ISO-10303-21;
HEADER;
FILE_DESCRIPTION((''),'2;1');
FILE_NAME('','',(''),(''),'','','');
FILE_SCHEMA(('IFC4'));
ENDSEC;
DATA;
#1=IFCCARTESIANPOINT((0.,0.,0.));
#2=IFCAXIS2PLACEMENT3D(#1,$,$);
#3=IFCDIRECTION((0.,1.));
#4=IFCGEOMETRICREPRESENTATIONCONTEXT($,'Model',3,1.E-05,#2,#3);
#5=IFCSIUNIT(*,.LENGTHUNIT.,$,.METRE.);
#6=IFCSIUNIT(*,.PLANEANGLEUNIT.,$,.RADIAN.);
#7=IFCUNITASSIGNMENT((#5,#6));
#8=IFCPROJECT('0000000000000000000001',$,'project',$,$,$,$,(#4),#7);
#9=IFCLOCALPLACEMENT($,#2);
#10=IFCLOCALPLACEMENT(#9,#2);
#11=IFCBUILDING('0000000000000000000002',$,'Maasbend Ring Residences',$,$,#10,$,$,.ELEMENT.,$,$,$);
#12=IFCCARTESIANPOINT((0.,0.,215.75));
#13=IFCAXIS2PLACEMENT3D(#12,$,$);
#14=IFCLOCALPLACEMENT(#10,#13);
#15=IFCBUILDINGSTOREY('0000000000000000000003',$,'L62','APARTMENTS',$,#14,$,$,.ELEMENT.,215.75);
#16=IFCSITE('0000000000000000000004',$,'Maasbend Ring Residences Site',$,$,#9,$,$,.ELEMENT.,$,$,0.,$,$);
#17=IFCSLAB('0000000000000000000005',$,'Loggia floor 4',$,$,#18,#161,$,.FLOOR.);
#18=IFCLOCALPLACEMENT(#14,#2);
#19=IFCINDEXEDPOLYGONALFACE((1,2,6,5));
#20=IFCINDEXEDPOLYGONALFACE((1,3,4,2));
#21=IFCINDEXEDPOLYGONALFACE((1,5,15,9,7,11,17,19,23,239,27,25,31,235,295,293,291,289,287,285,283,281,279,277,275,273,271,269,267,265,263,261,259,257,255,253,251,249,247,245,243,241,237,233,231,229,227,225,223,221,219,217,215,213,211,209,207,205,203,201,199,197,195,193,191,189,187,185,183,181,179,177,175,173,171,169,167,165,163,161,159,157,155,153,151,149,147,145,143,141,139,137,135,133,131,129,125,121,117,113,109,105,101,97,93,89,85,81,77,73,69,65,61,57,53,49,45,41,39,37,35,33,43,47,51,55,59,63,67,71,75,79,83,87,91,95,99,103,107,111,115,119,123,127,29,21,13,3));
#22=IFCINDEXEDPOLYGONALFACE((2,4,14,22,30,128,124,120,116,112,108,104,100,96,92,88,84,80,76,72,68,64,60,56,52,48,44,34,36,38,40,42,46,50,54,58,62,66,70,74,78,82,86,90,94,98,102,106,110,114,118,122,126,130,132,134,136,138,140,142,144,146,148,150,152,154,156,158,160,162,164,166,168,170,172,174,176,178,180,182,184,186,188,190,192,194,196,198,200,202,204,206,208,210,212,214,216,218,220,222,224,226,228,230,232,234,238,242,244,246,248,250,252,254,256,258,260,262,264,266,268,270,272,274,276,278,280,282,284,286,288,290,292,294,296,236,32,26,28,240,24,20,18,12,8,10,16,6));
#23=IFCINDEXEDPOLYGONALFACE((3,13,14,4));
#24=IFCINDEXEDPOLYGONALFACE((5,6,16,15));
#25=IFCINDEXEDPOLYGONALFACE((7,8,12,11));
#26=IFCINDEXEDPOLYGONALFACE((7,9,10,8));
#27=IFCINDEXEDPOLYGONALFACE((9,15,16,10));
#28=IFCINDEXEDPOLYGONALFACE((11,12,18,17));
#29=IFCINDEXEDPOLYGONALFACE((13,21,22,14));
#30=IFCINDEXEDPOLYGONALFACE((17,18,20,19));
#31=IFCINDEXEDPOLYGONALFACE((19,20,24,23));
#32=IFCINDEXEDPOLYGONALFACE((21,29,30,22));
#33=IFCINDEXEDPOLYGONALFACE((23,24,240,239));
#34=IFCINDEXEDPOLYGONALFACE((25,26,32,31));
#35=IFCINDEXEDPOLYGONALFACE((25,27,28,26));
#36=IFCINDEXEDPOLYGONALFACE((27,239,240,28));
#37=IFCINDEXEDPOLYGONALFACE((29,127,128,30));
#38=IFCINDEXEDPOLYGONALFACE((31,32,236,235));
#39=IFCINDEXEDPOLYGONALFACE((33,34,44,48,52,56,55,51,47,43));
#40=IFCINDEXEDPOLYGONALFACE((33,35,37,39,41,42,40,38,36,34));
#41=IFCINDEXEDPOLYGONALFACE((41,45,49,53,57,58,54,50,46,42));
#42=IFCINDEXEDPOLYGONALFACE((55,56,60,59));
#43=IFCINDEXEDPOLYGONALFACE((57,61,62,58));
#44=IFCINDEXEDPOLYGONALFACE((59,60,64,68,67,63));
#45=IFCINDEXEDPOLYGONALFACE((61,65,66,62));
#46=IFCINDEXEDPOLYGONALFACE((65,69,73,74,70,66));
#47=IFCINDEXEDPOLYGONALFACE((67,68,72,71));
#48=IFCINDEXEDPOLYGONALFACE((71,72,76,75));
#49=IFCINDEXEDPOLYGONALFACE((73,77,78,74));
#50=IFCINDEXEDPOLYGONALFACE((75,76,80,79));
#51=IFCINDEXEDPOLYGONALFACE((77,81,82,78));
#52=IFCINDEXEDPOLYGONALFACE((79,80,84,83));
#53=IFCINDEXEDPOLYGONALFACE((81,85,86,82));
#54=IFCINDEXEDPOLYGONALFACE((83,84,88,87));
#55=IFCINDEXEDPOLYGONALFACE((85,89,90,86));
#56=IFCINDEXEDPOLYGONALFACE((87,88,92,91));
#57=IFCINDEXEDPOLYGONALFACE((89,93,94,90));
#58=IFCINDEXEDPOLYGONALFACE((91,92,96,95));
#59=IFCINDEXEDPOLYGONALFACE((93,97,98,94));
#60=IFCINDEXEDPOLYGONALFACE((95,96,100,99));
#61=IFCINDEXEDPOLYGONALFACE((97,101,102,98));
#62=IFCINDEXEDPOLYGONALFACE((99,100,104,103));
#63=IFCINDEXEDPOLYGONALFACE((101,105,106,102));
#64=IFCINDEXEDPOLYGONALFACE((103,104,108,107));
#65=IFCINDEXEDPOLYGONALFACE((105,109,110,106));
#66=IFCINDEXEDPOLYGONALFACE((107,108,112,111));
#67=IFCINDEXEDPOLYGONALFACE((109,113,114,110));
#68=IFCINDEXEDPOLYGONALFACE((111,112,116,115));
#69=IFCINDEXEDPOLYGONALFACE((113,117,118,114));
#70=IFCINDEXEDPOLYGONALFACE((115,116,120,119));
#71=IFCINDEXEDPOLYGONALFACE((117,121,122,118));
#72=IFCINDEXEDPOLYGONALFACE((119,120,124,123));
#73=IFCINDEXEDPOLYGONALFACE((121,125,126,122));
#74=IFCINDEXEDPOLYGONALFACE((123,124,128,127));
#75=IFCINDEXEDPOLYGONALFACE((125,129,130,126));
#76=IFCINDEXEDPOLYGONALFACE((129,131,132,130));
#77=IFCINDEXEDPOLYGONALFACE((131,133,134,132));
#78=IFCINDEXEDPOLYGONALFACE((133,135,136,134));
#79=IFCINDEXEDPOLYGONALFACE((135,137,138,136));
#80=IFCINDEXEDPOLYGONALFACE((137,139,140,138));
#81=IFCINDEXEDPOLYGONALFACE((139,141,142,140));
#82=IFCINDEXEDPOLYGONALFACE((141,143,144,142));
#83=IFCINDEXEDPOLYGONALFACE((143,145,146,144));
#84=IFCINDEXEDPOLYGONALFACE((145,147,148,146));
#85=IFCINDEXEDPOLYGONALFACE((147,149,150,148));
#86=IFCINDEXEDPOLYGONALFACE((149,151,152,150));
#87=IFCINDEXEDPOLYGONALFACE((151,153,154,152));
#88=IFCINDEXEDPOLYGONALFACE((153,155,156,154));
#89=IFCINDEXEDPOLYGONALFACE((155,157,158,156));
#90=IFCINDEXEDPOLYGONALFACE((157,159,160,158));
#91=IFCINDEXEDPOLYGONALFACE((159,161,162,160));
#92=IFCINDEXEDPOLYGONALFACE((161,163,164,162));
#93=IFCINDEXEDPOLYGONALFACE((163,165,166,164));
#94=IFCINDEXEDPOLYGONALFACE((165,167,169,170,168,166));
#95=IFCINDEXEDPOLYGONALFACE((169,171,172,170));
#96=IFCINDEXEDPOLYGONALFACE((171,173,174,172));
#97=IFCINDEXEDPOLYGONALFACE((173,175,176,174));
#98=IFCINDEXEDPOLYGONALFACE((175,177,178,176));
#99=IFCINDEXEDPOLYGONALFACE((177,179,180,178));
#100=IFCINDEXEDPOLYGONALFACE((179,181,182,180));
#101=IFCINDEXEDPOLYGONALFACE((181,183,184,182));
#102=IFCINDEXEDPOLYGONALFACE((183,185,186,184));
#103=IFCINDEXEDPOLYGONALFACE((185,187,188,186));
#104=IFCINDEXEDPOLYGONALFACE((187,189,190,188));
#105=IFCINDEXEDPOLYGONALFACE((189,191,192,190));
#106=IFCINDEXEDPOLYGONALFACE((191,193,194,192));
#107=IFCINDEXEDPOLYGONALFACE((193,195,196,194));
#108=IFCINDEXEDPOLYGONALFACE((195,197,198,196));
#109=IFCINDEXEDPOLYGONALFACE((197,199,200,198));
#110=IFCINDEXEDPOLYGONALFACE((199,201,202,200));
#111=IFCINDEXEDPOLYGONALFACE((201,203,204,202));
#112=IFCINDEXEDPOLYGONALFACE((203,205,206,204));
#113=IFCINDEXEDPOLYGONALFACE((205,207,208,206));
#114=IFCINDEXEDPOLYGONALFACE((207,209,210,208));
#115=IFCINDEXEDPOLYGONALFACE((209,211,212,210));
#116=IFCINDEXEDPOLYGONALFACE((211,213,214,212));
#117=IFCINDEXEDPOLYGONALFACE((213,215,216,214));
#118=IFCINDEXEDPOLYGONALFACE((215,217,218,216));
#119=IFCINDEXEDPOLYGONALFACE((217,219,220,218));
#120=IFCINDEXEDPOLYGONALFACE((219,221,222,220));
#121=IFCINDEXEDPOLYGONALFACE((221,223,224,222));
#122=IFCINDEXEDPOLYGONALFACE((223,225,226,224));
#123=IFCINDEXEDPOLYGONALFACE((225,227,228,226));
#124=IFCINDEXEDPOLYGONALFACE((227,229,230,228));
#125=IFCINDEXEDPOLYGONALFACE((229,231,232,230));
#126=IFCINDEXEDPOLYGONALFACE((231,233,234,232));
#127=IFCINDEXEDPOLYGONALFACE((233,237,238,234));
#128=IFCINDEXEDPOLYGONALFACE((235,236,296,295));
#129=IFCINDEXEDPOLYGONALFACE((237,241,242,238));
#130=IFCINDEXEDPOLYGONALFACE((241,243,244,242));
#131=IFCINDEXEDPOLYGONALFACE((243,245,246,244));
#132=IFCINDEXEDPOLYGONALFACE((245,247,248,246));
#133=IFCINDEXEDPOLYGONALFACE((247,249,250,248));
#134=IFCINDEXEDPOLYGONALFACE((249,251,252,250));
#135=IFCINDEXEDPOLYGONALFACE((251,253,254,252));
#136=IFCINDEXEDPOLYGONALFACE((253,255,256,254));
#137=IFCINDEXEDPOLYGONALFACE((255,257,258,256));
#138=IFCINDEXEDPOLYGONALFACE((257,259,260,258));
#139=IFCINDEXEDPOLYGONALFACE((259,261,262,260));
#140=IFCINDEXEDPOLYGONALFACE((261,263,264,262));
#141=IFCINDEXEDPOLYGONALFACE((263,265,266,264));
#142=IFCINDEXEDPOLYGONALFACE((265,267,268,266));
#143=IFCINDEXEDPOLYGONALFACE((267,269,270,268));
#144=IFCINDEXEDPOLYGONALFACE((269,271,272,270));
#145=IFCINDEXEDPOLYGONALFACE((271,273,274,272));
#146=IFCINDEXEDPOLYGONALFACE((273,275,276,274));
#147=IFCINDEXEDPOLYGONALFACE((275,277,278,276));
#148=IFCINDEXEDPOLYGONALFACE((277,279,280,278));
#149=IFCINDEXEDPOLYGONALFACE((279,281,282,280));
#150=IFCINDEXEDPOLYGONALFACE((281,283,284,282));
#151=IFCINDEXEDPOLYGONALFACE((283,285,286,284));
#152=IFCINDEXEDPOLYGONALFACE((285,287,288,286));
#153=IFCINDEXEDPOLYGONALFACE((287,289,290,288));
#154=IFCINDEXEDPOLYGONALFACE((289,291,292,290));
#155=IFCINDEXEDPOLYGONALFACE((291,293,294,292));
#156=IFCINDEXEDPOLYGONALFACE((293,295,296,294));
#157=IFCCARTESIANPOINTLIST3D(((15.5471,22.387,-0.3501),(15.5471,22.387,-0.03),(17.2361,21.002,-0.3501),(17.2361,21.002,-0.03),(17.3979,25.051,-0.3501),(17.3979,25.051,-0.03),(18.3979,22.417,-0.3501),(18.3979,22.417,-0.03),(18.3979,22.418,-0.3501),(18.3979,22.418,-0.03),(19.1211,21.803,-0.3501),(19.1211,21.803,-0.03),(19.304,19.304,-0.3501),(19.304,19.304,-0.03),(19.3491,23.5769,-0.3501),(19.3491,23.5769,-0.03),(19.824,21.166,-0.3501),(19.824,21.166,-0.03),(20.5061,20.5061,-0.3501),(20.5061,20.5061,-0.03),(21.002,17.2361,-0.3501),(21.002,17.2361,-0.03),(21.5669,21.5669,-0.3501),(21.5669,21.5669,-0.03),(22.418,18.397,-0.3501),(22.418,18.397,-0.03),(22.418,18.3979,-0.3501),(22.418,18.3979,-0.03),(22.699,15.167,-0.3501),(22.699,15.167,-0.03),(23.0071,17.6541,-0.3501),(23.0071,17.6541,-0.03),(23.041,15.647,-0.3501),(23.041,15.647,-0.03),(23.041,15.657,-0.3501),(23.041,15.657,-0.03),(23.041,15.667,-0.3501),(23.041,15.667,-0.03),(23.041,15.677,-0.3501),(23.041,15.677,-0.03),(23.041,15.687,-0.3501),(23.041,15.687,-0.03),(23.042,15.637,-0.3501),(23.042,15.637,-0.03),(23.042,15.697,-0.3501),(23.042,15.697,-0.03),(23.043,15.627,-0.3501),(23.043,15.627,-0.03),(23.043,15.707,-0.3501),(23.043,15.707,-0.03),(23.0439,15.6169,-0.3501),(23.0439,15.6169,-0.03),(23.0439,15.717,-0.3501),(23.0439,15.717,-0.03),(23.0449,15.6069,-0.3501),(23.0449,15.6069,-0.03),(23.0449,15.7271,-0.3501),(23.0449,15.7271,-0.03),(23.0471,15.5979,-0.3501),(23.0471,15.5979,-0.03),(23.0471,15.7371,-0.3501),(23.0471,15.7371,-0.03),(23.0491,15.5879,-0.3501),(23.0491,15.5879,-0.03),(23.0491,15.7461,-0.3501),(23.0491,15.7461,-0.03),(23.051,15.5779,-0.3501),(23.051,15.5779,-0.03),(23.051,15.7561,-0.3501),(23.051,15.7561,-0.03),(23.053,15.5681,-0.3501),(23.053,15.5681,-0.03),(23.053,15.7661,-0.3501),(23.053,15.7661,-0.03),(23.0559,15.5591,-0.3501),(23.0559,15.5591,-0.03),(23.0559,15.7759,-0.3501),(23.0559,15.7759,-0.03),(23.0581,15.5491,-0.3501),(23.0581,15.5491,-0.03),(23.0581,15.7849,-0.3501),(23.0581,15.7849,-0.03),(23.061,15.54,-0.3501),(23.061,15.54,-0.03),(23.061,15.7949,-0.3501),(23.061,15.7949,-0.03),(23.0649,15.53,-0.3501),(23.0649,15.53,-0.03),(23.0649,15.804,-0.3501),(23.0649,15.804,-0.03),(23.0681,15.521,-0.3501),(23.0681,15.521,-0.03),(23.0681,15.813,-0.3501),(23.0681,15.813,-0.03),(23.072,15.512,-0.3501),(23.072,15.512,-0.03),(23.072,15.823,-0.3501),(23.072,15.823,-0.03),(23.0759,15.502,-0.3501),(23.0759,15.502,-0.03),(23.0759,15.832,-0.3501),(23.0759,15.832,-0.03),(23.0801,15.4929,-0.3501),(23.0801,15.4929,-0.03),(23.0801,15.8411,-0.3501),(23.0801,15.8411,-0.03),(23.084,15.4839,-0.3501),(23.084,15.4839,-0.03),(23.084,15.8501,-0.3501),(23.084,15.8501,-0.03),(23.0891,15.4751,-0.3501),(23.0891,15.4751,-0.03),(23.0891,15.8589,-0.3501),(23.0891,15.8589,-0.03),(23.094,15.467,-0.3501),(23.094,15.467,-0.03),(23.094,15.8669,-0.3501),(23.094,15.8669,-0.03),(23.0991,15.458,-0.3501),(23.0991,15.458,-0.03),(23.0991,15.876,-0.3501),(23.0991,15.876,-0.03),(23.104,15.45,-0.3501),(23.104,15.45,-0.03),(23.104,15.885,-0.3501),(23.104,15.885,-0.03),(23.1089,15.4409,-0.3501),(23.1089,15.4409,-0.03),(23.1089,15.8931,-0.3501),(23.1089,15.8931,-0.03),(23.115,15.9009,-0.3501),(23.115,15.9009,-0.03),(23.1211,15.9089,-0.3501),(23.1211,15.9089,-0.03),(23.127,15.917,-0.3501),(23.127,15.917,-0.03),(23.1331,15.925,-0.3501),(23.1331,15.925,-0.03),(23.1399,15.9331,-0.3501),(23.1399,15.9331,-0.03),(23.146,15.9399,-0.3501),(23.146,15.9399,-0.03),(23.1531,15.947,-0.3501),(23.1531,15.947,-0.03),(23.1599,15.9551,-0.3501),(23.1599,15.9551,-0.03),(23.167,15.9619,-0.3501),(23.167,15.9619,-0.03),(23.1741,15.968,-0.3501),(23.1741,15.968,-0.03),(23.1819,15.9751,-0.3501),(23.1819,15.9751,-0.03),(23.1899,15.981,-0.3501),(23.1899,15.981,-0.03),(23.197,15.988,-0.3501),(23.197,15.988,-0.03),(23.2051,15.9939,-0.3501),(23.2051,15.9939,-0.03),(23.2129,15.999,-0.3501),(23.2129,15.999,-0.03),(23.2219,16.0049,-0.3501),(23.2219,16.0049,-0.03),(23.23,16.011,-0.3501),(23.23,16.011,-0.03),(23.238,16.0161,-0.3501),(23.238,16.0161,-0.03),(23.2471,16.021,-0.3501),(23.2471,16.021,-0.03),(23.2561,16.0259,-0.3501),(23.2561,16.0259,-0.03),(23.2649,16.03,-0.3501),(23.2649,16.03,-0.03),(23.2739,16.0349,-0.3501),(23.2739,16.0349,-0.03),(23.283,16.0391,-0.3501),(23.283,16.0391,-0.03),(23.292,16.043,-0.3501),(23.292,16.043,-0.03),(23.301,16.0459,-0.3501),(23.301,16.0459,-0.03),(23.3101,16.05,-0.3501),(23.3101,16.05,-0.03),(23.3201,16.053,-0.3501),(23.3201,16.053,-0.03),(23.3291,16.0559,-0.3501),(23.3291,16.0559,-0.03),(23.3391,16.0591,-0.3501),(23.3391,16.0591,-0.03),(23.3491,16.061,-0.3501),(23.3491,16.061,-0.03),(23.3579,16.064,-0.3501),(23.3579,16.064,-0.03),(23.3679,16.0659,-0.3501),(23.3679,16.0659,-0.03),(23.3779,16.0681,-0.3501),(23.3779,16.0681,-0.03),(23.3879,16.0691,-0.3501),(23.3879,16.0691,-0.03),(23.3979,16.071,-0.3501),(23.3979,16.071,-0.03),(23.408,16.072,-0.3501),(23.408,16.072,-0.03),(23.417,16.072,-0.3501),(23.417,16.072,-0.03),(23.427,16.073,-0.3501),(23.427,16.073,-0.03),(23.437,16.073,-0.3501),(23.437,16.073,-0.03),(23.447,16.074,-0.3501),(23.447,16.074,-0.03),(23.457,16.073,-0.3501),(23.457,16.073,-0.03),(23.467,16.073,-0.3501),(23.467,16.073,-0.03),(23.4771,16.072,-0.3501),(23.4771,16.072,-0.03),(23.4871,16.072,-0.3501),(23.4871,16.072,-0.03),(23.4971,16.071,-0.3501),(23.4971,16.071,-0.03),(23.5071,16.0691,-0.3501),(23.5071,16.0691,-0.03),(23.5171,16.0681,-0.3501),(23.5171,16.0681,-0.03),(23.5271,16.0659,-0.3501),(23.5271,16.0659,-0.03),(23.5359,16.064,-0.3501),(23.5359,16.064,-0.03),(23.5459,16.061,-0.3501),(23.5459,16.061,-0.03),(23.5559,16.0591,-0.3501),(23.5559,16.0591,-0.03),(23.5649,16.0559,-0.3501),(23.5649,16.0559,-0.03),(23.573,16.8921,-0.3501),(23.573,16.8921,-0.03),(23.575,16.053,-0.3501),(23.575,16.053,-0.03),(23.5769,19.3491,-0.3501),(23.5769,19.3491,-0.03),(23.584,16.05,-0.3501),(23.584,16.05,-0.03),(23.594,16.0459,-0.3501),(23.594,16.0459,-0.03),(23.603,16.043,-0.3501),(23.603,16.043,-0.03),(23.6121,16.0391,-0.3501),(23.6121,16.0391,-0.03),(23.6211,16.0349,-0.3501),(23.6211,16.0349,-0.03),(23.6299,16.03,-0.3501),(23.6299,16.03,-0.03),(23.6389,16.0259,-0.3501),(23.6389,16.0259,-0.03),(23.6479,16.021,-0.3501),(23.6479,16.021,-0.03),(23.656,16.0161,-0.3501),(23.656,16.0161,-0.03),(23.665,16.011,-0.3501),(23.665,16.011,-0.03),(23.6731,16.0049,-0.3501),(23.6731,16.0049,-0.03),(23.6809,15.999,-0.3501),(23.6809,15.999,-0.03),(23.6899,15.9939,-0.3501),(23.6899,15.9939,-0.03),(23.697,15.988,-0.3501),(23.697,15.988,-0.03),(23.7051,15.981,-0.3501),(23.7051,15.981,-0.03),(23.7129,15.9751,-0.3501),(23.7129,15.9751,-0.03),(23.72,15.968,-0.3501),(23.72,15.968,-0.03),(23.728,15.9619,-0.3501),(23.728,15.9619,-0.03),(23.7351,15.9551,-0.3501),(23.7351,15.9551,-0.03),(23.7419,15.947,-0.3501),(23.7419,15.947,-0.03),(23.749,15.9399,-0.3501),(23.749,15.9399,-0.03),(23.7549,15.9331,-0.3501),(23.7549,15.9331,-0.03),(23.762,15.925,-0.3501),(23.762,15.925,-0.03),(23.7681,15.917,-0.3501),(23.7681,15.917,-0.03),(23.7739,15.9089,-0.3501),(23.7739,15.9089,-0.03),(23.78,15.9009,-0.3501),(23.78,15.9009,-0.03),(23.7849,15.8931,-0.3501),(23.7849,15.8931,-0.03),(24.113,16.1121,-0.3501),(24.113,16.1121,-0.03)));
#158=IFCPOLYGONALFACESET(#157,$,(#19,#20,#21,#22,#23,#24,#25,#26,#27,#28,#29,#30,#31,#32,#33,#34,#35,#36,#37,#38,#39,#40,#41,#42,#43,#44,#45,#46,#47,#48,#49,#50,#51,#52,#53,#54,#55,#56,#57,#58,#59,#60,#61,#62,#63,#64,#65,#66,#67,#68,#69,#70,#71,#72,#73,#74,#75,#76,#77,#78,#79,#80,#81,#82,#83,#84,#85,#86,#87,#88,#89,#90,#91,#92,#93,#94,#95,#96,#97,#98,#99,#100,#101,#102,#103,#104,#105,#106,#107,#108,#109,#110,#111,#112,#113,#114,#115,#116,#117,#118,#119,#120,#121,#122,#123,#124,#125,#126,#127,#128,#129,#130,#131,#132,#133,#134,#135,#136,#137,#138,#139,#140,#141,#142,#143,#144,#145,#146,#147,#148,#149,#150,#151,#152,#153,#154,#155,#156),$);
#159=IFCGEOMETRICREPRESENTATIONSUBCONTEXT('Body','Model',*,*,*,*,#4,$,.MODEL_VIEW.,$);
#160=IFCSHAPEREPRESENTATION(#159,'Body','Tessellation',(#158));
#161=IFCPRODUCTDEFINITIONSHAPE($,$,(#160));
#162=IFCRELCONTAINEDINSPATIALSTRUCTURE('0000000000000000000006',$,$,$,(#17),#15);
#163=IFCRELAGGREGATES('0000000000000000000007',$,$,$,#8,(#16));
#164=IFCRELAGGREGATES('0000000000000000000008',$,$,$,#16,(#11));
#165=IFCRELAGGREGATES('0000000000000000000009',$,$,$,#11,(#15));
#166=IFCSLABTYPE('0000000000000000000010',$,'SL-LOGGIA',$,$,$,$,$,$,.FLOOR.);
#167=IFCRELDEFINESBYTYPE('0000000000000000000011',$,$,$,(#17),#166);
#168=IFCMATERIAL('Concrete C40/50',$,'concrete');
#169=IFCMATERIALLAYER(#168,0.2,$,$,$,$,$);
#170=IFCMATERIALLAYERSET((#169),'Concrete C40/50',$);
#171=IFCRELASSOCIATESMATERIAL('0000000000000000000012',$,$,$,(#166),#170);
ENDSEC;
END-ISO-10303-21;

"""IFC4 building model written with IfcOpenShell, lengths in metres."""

from ifc_helpers import new_model, si_unit, direction, frame, origin, place, context, subcontext, project, spatial, polyline, outline, extrude, material, layer, layer_set, type_object, element, save


model = new_model("IFC4")

# Units and contexts
model_context = context("Model", 3, precision=1e-05, world=origin(), true_north=direction((0.0, 1.0)))
body_context = subcontext(model_context, "Body", "Model", "MODEL_VIEW")
ifc_project = project(units=[si_unit("LENGTHUNIT", "METRE"), si_unit("PLANEANGLEUNIT", "RADIAN")], contexts=[model_context])

# Site, building, storey
site_placement = place(None, origin())
site = spatial("IfcSite", under=ifc_project, at=site_placement, Name="Maasbend Ring Residences Site", CompositionType="ELEMENT", RefElevation=0.0)
building_placement = place(site_placement, origin())
building = spatial("IfcBuilding", under=site, at=building_placement, Name="Maasbend Ring Residences", CompositionType="ELEMENT")
storey_placement = place(building_placement, frame((0.0, 0.0, 215.75)))
storey = spatial("IfcBuildingStorey", under=building, at=storey_placement, Name="L62", Description="APARTMENTS", CompositionType="ELEMENT", Elevation=215.75)

# Slab
ifc_material_1 = material(Name="Concrete C40/50", Category="concrete")
ifc_layer_1 = layer(ifc_material_1, 0.2)
ifc_layer_set_1 = layer_set([ifc_layer_1], Name="Concrete C40/50")
slab_type_1 = type_object("IfcSlabType", Name="SL-LOGGIA", PredefinedType="FLOOR", material=ifc_layer_set_1)
slab_1_placement = place(storey_placement, frame((0.0, 0.0, -0.3501)))
element("IfcSlab", 1, at=slab_1_placement, inside=storey, type_object=slab_type_1, Name="Loggia floor 4", PredefinedType="FLOOR", context=body_context, shape_type="SweptSolid", body=[
    extrude(outline(polyline([(19.3491, 23.5769), (19.3491, 23.5769), (19.3491, 23.5769), (18.3979, 22.418), (18.3979, 22.418), (18.3979, 22.418), (18.3979, 22.418), (18.3979, 22.418), (18.3979, 22.417), (18.3979, 22.417), (18.3979, 22.417), (18.3979, 22.417), (18.3979, 22.417), (18.3979, 22.417), (18.3979, 22.417), (18.3979, 22.417), (18.3979, 22.417), (18.3979, 22.417), (18.3979, 22.417), (18.3979, 22.417), (19.1211, 21.803), (19.1211, 21.803), (19.824, 21.166), (19.824, 21.166), (20.5061, 20.5061), (20.5061, 20.5061), (20.5061, 20.5061), (20.5061, 20.5061), (20.5061, 20.5061), (20.5061, 20.5061), (20.5061, 20.5061), (20.5061, 20.5061), (20.5061, 20.5061), (20.5061, 20.5061), (20.5061, 20.5061), (20.5061, 20.5061), (20.5061, 20.5061), (20.5061, 20.5061), (20.5061, 20.5061), (20.5061, 20.5061), (20.5061, 20.5061), (21.5669, 21.5669), (21.5669, 21.5669), (21.5669, 21.5669), (23.5769, 19.3491), (23.5769, 19.3491), (23.5769, 19.3491), (22.418, 18.3979), (22.418, 18.3979), (22.418, 18.3979), (22.418, 18.3979), (22.418, 18.3979), (22.418, 18.3979), (22.418, 18.397), (22.418, 18.397), (22.418, 18.397), (22.418, 18.397), (22.418, 18.397), (22.418, 18.397), (22.418, 18.397), (22.418, 18.397), (22.418, 18.397), (22.418, 18.397), (22.418, 18.397), (23.0071, 17.6541), (23.0071, 17.6541), (23.573, 16.8921), (23.573, 16.8921), (24.113, 16.1121), (24.113, 16.1121), (24.113, 16.1121), (23.7849, 15.8931), (23.7849, 15.8931), (23.78, 15.9009), (23.7739, 15.9089), (23.7681, 15.917), (23.762, 15.925), (23.7549, 15.9331), (23.749, 15.9399), (23.7419, 15.947), (23.7351, 15.9551), (23.728, 15.9619), (23.72, 15.968), (23.7129, 15.9751), (23.7051, 15.981), (23.697, 15.988), (23.6899, 15.9939), (23.6809, 15.999), (23.6731, 16.0049), (23.665, 16.011), (23.656, 16.0161), (23.6479, 16.021), (23.6389, 16.0259), (23.6299, 16.03), (23.6211, 16.0349), (23.6121, 16.0391), (23.603, 16.043), (23.594, 16.0459), (23.584, 16.05), (23.575, 16.053), (23.5649, 16.0559), (23.5559, 16.0591), (23.5459, 16.061), (23.5359, 16.064), (23.5271, 16.0659), (23.5171, 16.0681), (23.5071, 16.0691), (23.4971, 16.071), (23.4871, 16.072), (23.4771, 16.072), (23.467, 16.073), (23.457, 16.073), (23.447, 16.074), (23.437, 16.073), (23.427, 16.073), (23.417, 16.072), (23.408, 16.072), (23.3979, 16.071), (23.3879, 16.0691), (23.3779, 16.0681), (23.3679, 16.0659), (23.3579, 16.064), (23.3491, 16.061), (23.3391, 16.0591), (23.3291, 16.0559), (23.3201, 16.053), (23.3101, 16.05), (23.301, 16.0459), (23.292, 16.043), (23.283, 16.0391), (23.2739, 16.0349), (23.2649, 16.03), (23.2561, 16.0259), (23.2471, 16.021), (23.238, 16.0161), (23.23, 16.011), (23.2219, 16.0049), (23.2129, 15.999), (23.2051, 15.9939), (23.197, 15.988), (23.1899, 15.981), (23.1819, 15.9751), (23.1741, 15.968), (23.167, 15.9619), (23.1599, 15.9551), (23.1531, 15.947), (23.146, 15.9399), (23.1399, 15.9331), (23.1331, 15.925), (23.127, 15.917), (23.1211, 15.9089), (23.115, 15.9009), (23.1089, 15.8931), (23.104, 15.885), (23.0991, 15.876), (23.094, 15.8669), (23.0891, 15.8589), (23.084, 15.8501), (23.0801, 15.8411), (23.0759, 15.832), (23.072, 15.823), (23.0681, 15.813), (23.0649, 15.804), (23.061, 15.7949), (23.0581, 15.7849), (23.0559, 15.7759), (23.053, 15.7661), (23.051, 15.7561), (23.0491, 15.7461), (23.0471, 15.7371), (23.0449, 15.7271), (23.0439, 15.717), (23.043, 15.707), (23.042, 15.697), (23.041, 15.687), (23.041, 15.677), (23.041, 15.667), (23.041, 15.657), (23.041, 15.647), (23.042, 15.637), (23.043, 15.627), (23.0439, 15.6169), (23.0449, 15.6069), (23.0471, 15.5979), (23.0491, 15.5879), (23.051, 15.5779), (23.053, 15.5681), (23.0559, 15.5591), (23.0581, 15.5491), (23.061, 15.54), (23.0649, 15.53), (23.0681, 15.521), (23.072, 15.512), (23.0759, 15.502), (23.0801, 15.4929), (23.084, 15.4839), (23.0891, 15.4751), (23.094, 15.467), (23.0991, 15.458), (23.104, 15.45), (23.1089, 15.4409), (23.1089, 15.4409), (22.699, 15.167), (22.699, 15.167), (22.699, 15.167), (21.002, 17.2361), (19.304, 19.304), (19.304, 19.304), (19.304, 19.304), (17.2361, 21.002), (15.5471, 22.387), (15.5471, 22.387), (15.5471, 22.387), (17.3979, 25.051), (17.3979, 25.051), (17.3979, 25.051), (19.3491, 23.5769)])), origin(), (0.0, 0.0, 1.0), 0.3201),
])

save(model, "model.ifc")
